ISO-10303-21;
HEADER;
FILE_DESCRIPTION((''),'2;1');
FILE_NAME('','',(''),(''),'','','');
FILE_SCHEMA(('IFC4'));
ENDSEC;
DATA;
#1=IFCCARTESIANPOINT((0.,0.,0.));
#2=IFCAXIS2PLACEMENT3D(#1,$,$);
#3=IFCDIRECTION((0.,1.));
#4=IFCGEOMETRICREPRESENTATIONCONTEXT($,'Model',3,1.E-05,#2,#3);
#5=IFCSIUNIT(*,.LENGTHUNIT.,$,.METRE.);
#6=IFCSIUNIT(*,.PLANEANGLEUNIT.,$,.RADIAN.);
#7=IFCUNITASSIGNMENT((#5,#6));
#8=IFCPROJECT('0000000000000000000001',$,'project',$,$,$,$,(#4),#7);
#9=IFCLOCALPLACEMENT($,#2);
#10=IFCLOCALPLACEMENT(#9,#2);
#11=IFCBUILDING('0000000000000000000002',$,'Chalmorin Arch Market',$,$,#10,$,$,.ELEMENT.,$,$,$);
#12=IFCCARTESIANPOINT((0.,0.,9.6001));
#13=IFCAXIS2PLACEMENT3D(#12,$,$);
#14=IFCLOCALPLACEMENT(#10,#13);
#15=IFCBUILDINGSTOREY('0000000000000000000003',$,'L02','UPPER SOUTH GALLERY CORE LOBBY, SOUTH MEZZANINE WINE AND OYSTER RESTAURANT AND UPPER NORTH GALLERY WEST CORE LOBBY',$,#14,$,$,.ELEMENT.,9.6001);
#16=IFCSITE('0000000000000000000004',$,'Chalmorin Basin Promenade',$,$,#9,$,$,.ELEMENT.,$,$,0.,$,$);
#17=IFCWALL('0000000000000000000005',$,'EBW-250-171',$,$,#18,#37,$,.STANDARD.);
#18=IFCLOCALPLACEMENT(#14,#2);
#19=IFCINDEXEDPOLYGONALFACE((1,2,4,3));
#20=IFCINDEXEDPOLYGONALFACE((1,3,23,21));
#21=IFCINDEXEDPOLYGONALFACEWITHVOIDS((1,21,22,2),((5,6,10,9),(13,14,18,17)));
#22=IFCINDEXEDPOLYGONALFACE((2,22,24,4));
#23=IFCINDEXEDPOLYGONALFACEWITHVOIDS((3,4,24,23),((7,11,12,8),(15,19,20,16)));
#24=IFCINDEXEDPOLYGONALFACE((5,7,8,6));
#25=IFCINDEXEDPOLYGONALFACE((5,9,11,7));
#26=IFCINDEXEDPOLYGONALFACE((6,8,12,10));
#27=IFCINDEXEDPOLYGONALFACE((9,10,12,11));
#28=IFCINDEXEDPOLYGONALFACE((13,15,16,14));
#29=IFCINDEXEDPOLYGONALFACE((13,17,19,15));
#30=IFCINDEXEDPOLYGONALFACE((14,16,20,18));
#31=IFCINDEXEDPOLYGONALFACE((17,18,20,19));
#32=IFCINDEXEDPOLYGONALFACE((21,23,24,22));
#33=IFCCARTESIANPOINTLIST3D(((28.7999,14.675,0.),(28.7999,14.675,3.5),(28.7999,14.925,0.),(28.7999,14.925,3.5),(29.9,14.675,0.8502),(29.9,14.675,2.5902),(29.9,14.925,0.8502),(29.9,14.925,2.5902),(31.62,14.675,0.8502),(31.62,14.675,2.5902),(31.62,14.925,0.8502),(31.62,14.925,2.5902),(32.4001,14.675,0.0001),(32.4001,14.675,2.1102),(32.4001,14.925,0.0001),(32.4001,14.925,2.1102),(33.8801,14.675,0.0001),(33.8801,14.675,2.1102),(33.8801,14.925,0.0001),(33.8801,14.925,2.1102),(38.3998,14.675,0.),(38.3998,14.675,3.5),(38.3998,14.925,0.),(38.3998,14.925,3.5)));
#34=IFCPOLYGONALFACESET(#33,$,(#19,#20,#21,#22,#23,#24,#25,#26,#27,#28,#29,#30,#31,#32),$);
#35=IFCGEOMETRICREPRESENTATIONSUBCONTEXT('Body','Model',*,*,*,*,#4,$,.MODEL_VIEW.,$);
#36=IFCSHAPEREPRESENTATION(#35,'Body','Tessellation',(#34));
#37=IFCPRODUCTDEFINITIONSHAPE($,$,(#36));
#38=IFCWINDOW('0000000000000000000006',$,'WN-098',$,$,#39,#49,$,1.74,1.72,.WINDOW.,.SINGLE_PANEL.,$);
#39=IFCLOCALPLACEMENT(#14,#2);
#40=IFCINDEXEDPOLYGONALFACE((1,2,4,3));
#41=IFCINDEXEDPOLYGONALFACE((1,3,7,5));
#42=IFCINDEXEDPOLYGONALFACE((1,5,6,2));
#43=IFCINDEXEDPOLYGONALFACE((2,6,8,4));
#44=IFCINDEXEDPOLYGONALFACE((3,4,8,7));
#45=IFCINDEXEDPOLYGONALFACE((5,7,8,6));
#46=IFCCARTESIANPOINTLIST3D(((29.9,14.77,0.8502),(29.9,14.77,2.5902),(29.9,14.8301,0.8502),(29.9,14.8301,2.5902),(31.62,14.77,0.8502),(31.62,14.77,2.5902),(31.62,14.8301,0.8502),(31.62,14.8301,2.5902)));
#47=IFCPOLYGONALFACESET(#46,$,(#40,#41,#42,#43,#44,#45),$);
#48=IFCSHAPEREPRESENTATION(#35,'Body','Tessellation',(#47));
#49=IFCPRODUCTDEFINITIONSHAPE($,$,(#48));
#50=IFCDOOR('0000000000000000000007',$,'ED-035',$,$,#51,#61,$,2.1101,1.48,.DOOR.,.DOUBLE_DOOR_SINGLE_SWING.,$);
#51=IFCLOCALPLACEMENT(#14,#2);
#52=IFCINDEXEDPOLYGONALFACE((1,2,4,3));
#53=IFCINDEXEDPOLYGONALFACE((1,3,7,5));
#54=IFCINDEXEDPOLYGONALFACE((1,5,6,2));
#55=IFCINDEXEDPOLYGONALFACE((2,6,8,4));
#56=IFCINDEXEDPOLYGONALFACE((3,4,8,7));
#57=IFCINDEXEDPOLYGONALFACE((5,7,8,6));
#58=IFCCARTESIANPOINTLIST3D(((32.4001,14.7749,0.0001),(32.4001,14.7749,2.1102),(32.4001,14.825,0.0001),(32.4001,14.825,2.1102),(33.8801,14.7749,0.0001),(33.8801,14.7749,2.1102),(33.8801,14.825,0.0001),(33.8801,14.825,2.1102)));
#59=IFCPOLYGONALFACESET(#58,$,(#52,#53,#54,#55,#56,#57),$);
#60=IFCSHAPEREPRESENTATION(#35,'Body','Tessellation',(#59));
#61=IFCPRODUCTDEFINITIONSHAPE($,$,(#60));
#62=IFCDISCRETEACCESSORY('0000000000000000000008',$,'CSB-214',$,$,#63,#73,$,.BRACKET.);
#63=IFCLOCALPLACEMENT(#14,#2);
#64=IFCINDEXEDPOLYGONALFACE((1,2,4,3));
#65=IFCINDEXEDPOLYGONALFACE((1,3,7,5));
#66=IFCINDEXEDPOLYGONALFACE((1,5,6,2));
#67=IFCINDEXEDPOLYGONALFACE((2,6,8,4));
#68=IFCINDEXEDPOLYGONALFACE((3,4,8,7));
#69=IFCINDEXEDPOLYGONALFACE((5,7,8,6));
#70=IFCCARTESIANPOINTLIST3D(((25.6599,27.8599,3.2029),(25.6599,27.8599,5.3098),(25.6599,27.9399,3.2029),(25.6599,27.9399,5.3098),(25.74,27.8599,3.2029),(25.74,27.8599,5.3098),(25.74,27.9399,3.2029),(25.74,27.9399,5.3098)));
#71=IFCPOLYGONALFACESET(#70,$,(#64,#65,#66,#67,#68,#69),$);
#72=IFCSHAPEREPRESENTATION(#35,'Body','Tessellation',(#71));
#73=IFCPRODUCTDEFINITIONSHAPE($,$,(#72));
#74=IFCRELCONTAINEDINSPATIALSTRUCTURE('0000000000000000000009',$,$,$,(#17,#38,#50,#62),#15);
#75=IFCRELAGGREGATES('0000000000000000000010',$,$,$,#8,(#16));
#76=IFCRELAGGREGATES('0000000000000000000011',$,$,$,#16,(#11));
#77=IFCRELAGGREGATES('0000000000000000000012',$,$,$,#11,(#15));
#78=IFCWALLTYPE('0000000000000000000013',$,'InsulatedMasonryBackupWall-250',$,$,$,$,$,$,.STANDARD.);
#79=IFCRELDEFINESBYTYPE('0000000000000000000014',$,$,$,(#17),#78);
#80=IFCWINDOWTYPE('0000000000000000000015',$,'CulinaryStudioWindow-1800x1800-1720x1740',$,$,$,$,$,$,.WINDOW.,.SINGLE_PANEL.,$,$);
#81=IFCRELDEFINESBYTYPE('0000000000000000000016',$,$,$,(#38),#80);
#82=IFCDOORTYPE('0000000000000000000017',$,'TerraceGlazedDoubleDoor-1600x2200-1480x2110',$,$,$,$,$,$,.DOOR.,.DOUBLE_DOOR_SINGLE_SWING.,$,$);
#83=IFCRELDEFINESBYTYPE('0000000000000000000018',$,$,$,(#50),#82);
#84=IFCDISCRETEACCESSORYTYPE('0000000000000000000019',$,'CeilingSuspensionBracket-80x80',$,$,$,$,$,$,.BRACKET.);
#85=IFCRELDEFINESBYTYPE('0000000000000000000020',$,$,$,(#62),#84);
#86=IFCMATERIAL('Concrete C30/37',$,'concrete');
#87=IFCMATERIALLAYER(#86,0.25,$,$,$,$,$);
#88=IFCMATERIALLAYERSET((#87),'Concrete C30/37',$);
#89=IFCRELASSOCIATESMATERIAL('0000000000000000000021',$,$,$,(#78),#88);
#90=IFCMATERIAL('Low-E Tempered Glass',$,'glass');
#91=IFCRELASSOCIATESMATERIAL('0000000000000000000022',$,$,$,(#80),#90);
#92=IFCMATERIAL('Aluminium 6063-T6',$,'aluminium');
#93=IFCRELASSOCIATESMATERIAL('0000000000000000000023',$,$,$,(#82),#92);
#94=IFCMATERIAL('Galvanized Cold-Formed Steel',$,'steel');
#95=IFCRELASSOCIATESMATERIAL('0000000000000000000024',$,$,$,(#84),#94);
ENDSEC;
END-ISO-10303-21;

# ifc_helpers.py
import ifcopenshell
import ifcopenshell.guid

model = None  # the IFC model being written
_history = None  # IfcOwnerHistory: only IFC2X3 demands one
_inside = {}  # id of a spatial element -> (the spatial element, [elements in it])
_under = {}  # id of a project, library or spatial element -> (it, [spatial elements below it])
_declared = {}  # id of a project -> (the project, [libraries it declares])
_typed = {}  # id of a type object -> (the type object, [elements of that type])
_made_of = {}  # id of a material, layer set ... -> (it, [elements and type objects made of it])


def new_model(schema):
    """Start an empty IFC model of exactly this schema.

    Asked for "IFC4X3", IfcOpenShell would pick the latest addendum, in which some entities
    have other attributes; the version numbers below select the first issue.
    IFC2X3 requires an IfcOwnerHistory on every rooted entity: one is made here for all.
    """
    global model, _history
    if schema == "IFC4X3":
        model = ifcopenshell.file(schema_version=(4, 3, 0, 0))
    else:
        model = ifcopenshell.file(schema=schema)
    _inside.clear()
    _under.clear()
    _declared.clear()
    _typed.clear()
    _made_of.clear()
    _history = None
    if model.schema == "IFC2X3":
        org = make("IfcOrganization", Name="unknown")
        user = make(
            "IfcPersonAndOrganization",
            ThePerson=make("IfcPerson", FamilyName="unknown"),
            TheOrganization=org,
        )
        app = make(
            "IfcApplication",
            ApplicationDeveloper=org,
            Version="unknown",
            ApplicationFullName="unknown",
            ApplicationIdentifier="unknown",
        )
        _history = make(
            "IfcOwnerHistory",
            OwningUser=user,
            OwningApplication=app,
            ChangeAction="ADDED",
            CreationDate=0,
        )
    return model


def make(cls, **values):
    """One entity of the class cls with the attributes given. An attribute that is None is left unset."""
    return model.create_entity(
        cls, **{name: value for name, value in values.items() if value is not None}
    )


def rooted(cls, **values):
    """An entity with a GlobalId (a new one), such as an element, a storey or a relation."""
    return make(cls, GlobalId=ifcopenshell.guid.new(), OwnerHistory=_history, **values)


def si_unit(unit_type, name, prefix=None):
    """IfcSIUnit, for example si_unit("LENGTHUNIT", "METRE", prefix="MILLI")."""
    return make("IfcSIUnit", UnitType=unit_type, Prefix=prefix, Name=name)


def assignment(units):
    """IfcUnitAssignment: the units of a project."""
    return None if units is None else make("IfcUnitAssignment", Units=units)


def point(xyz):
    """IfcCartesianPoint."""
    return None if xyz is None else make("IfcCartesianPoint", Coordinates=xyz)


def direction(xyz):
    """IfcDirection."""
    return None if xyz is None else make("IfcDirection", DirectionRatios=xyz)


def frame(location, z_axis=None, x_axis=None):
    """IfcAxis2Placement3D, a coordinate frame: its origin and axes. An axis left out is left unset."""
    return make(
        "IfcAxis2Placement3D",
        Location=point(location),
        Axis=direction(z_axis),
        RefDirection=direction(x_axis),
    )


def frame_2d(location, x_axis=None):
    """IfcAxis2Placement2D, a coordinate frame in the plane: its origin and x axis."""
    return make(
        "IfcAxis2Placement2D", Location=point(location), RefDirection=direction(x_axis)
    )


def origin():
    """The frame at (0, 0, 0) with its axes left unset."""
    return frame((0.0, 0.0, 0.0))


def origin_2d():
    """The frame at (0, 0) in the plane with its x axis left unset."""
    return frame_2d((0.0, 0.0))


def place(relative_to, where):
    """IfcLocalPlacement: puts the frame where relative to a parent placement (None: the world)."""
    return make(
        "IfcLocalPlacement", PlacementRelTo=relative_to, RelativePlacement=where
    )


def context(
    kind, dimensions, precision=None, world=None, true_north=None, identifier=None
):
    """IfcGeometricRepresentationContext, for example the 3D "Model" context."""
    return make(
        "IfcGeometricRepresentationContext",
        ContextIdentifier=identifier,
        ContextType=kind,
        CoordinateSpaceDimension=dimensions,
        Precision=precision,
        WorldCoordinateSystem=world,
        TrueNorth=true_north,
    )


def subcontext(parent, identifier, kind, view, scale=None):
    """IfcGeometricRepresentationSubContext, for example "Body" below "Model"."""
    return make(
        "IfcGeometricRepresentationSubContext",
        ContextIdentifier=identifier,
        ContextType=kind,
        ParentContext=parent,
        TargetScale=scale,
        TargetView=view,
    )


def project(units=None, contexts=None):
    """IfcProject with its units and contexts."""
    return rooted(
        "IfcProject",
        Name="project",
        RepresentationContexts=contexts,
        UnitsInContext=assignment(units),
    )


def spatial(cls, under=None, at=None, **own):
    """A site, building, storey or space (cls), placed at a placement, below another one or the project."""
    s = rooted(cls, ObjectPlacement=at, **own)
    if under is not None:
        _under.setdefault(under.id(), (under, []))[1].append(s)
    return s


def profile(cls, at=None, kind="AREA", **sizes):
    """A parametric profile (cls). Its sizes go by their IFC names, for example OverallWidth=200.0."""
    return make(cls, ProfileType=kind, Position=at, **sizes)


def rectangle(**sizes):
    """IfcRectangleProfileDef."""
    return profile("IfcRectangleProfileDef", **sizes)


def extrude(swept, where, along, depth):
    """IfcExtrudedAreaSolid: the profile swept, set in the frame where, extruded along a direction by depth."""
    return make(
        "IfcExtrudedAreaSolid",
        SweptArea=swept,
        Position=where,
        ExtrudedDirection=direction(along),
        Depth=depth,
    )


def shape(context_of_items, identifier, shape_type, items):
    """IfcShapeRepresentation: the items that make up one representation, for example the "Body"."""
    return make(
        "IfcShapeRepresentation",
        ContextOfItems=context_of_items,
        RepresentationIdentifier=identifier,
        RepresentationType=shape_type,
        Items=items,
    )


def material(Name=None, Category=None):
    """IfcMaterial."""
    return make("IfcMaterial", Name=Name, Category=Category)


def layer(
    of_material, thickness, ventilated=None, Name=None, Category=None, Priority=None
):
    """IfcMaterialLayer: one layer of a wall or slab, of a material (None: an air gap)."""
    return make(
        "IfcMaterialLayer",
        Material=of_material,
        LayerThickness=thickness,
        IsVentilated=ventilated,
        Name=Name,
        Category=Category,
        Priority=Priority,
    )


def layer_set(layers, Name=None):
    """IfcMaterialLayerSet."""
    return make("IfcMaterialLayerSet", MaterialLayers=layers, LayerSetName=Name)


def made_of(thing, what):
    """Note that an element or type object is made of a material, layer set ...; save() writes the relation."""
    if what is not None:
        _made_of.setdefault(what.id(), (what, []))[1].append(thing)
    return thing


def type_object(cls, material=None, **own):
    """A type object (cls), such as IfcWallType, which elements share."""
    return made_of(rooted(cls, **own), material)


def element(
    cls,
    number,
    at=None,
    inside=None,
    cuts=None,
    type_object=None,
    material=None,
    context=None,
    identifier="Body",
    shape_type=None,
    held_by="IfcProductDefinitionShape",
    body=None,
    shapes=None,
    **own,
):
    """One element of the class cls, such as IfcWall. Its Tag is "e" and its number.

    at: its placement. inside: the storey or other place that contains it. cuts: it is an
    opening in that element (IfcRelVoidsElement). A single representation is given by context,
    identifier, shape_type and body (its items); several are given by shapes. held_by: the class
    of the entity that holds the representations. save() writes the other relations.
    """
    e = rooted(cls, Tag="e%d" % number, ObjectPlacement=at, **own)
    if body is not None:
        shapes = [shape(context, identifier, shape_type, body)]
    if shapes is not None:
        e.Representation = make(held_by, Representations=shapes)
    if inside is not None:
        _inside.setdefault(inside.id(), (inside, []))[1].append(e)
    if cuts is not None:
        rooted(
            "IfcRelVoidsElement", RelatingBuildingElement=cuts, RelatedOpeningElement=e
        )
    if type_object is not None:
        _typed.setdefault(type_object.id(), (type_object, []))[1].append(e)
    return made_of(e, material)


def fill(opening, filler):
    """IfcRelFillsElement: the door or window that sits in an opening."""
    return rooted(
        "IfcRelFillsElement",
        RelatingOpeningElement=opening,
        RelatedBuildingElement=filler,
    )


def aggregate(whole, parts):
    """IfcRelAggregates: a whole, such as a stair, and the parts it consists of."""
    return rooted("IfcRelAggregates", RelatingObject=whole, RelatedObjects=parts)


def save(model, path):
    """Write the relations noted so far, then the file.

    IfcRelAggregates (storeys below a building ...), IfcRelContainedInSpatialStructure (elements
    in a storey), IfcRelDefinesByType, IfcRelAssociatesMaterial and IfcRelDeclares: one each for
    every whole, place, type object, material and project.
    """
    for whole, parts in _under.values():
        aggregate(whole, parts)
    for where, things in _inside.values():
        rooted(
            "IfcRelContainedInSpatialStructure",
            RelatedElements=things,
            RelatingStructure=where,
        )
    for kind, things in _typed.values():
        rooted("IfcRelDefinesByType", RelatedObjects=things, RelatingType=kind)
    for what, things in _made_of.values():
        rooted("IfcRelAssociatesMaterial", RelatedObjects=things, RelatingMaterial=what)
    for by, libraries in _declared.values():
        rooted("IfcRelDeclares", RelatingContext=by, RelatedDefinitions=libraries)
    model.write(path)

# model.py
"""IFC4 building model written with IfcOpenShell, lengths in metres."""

from ifc_helpers import new_model, si_unit, direction, frame, frame_2d, origin, origin_2d, place, context, subcontext, project, spatial, rectangle, extrude, material, layer, layer_set, type_object, element, fill, save


model = new_model("IFC4")

# Units and contexts
model_context = context("Model", 3, precision=1e-05, world=origin(), true_north=direction((0.0, 1.0)))
body_context = subcontext(model_context, "Body", "Model", "MODEL_VIEW")
ifc_project = project(units=[si_unit("LENGTHUNIT", "METRE"), si_unit("PLANEANGLEUNIT", "RADIAN")], contexts=[model_context])

# Site, building, storey
site_placement = place(None, origin())
site = spatial("IfcSite", under=ifc_project, at=site_placement, Name="Chalmorin Basin Promenade", CompositionType="ELEMENT", RefElevation=0.0)
building_placement = place(site_placement, origin())
building = spatial("IfcBuilding", under=site, at=building_placement, Name="Chalmorin Arch Market", CompositionType="ELEMENT")
storey_placement = place(building_placement, frame((0.0, 0.0, 9.6001)))
storey = spatial("IfcBuildingStorey", under=building, at=storey_placement, Name="L02", Description="UPPER SOUTH GALLERY CORE LOBBY, SOUTH MEZZANINE WINE AND OYSTER RESTAURANT AND UPPER NORTH GALLERY WEST CORE LOBBY", CompositionType="ELEMENT", Elevation=9.6001)

# Wall, openings, window, door
ifc_material_1 = material(Name="Concrete C30/37", Category="concrete")
ifc_layer = layer(ifc_material_1, 0.25)
ifc_layer_set = layer_set([ifc_layer], Name="Concrete C30/37")
wall_type = type_object("IfcWallType", Name="InsulatedMasonryBackupWall-250", PredefinedType="STANDARD", material=ifc_layer_set)
ifc_material_2 = material(Name="Low-E Tempered Glass", Category="glass")
ifc_material_3 = material(Name="Aluminium 6063-T6", Category="aluminium")
wall_1_placement = place(storey_placement, frame((28.8, 14.8, 0.0), z_axis=(0.0, 0.0, 1.0), x_axis=(1.0, 0.0, 0.0)))
wall_1 = element("IfcWall", 1, at=wall_1_placement, inside=storey, type_object=wall_type, Name="EBW-250-171", PredefinedType="STANDARD", context=body_context, shape_type="SweptSolid", body=[
    extrude(rectangle(XDim=9.5999, YDim=0.25, at=frame_2d((4.7998, 0.0))), origin(), (0.0, 0.0, 1.0), 3.5),
])
opening_1_placement = place(wall_1_placement, frame((3.6001, 0.0, 0.0)))
opening_1 = element("IfcOpeningElement", 2, at=opening_1_placement, cuts=wall_1, PredefinedType="OPENING", context=body_context, shape_type="SweptSolid", body=[
    extrude(rectangle(XDim=1.48, YDim=2.1101, at=frame_2d((0.74, 1.0552))), frame((0.0, 0.135, 0.0), z_axis=(0.0, -1.0, 0.0), x_axis=(1.0, 0.0, 0.0)), (0.0, 0.0, 1.0), 0.27),
])
opening_2_placement = place(wall_1_placement, frame((1.1001, 0.0, 0.8501)))
opening_2 = element("IfcOpeningElement", 3, at=opening_2_placement, cuts=wall_1, PredefinedType="OPENING", context=body_context, shape_type="SweptSolid", body=[
    extrude(rectangle(XDim=1.72, YDim=1.74, at=frame_2d((0.8599, 0.8701))), frame((0.0, 0.135, 0.0), z_axis=(0.0, -1.0, 0.0), x_axis=(1.0, 0.0, 0.0)), (0.0, 0.0, 1.0), 0.27),
])
window_type_1 = type_object("IfcWindowType", Name="CulinaryStudioWindow-1800x1800-1720x1740", PartitioningType="SINGLE_PANEL", PredefinedType="WINDOW", material=ifc_material_2)
window_1_placement = place(opening_2_placement, origin())
window_1 = element("IfcWindow", 4, at=window_1_placement, inside=storey, type_object=window_type_1, Name="WN-098", OverallHeight=1.74, OverallWidth=1.72, PartitioningType="SINGLE_PANEL", PredefinedType="WINDOW", context=body_context, shape_type="SweptSolid", body=[
    extrude(rectangle(XDim=1.72, YDim=1.74, at=frame_2d((0.8599, 0.8701))), frame((0.0, 0.03, 0.0), z_axis=(0.0, -1.0, 0.0), x_axis=(1.0, 0.0, 0.0)), (0.0, 0.0, 1.0), 0.0601),
])
fill(opening_2, window_1)
door_type_1 = type_object("IfcDoorType", Name="TerraceGlazedDoubleDoor-1600x2200-1480x2110", OperationType="DOUBLE_DOOR_SINGLE_SWING", PredefinedType="DOOR", material=ifc_material_3)
door_1_placement = place(opening_1_placement, origin())
door_1 = element("IfcDoor", 5, at=door_1_placement, inside=storey, type_object=door_type_1, Name="ED-035", OperationType="DOUBLE_DOOR_SINGLE_SWING", OverallHeight=2.1101, OverallWidth=1.48, PredefinedType="DOOR", context=body_context, shape_type="SweptSolid", body=[
    extrude(rectangle(XDim=1.48, YDim=2.1101, at=frame_2d((0.74, 1.0552))), frame((0.0, 0.0249, 0.0), z_axis=(0.0, -1.0, 0.0), x_axis=(1.0, 0.0, 0.0)), (0.0, 0.0, 1.0), 0.05),
])
fill(opening_1, door_1)

# Discrete accessory
ifc_material_4 = material(Name="Galvanized Cold-Formed Steel", Category="steel")
discrete_accessory_type = type_object("IfcDiscreteAccessoryType", Name="CeilingSuspensionBracket-80x80", PredefinedType="BRACKET", material=ifc_material_4)
discrete_accessory_placement = place(storey_placement, frame((25.7, 27.8999, 3.2029), z_axis=(0.0, 0.0, 1.0), x_axis=(1.0, 0.0, 0.0)))
element("IfcDiscreteAccessory", 6, at=discrete_accessory_placement, inside=storey, type_object=discrete_accessory_type, Name="CSB-214", PredefinedType="BRACKET", context=body_context, shape_type="SweptSolid", body=[
    extrude(rectangle(XDim=0.0801, YDim=0.0801, at=origin_2d()), origin(), (0.0, 0.0, 1.0), 2.1069),
])

save(model, "model.ifc")
